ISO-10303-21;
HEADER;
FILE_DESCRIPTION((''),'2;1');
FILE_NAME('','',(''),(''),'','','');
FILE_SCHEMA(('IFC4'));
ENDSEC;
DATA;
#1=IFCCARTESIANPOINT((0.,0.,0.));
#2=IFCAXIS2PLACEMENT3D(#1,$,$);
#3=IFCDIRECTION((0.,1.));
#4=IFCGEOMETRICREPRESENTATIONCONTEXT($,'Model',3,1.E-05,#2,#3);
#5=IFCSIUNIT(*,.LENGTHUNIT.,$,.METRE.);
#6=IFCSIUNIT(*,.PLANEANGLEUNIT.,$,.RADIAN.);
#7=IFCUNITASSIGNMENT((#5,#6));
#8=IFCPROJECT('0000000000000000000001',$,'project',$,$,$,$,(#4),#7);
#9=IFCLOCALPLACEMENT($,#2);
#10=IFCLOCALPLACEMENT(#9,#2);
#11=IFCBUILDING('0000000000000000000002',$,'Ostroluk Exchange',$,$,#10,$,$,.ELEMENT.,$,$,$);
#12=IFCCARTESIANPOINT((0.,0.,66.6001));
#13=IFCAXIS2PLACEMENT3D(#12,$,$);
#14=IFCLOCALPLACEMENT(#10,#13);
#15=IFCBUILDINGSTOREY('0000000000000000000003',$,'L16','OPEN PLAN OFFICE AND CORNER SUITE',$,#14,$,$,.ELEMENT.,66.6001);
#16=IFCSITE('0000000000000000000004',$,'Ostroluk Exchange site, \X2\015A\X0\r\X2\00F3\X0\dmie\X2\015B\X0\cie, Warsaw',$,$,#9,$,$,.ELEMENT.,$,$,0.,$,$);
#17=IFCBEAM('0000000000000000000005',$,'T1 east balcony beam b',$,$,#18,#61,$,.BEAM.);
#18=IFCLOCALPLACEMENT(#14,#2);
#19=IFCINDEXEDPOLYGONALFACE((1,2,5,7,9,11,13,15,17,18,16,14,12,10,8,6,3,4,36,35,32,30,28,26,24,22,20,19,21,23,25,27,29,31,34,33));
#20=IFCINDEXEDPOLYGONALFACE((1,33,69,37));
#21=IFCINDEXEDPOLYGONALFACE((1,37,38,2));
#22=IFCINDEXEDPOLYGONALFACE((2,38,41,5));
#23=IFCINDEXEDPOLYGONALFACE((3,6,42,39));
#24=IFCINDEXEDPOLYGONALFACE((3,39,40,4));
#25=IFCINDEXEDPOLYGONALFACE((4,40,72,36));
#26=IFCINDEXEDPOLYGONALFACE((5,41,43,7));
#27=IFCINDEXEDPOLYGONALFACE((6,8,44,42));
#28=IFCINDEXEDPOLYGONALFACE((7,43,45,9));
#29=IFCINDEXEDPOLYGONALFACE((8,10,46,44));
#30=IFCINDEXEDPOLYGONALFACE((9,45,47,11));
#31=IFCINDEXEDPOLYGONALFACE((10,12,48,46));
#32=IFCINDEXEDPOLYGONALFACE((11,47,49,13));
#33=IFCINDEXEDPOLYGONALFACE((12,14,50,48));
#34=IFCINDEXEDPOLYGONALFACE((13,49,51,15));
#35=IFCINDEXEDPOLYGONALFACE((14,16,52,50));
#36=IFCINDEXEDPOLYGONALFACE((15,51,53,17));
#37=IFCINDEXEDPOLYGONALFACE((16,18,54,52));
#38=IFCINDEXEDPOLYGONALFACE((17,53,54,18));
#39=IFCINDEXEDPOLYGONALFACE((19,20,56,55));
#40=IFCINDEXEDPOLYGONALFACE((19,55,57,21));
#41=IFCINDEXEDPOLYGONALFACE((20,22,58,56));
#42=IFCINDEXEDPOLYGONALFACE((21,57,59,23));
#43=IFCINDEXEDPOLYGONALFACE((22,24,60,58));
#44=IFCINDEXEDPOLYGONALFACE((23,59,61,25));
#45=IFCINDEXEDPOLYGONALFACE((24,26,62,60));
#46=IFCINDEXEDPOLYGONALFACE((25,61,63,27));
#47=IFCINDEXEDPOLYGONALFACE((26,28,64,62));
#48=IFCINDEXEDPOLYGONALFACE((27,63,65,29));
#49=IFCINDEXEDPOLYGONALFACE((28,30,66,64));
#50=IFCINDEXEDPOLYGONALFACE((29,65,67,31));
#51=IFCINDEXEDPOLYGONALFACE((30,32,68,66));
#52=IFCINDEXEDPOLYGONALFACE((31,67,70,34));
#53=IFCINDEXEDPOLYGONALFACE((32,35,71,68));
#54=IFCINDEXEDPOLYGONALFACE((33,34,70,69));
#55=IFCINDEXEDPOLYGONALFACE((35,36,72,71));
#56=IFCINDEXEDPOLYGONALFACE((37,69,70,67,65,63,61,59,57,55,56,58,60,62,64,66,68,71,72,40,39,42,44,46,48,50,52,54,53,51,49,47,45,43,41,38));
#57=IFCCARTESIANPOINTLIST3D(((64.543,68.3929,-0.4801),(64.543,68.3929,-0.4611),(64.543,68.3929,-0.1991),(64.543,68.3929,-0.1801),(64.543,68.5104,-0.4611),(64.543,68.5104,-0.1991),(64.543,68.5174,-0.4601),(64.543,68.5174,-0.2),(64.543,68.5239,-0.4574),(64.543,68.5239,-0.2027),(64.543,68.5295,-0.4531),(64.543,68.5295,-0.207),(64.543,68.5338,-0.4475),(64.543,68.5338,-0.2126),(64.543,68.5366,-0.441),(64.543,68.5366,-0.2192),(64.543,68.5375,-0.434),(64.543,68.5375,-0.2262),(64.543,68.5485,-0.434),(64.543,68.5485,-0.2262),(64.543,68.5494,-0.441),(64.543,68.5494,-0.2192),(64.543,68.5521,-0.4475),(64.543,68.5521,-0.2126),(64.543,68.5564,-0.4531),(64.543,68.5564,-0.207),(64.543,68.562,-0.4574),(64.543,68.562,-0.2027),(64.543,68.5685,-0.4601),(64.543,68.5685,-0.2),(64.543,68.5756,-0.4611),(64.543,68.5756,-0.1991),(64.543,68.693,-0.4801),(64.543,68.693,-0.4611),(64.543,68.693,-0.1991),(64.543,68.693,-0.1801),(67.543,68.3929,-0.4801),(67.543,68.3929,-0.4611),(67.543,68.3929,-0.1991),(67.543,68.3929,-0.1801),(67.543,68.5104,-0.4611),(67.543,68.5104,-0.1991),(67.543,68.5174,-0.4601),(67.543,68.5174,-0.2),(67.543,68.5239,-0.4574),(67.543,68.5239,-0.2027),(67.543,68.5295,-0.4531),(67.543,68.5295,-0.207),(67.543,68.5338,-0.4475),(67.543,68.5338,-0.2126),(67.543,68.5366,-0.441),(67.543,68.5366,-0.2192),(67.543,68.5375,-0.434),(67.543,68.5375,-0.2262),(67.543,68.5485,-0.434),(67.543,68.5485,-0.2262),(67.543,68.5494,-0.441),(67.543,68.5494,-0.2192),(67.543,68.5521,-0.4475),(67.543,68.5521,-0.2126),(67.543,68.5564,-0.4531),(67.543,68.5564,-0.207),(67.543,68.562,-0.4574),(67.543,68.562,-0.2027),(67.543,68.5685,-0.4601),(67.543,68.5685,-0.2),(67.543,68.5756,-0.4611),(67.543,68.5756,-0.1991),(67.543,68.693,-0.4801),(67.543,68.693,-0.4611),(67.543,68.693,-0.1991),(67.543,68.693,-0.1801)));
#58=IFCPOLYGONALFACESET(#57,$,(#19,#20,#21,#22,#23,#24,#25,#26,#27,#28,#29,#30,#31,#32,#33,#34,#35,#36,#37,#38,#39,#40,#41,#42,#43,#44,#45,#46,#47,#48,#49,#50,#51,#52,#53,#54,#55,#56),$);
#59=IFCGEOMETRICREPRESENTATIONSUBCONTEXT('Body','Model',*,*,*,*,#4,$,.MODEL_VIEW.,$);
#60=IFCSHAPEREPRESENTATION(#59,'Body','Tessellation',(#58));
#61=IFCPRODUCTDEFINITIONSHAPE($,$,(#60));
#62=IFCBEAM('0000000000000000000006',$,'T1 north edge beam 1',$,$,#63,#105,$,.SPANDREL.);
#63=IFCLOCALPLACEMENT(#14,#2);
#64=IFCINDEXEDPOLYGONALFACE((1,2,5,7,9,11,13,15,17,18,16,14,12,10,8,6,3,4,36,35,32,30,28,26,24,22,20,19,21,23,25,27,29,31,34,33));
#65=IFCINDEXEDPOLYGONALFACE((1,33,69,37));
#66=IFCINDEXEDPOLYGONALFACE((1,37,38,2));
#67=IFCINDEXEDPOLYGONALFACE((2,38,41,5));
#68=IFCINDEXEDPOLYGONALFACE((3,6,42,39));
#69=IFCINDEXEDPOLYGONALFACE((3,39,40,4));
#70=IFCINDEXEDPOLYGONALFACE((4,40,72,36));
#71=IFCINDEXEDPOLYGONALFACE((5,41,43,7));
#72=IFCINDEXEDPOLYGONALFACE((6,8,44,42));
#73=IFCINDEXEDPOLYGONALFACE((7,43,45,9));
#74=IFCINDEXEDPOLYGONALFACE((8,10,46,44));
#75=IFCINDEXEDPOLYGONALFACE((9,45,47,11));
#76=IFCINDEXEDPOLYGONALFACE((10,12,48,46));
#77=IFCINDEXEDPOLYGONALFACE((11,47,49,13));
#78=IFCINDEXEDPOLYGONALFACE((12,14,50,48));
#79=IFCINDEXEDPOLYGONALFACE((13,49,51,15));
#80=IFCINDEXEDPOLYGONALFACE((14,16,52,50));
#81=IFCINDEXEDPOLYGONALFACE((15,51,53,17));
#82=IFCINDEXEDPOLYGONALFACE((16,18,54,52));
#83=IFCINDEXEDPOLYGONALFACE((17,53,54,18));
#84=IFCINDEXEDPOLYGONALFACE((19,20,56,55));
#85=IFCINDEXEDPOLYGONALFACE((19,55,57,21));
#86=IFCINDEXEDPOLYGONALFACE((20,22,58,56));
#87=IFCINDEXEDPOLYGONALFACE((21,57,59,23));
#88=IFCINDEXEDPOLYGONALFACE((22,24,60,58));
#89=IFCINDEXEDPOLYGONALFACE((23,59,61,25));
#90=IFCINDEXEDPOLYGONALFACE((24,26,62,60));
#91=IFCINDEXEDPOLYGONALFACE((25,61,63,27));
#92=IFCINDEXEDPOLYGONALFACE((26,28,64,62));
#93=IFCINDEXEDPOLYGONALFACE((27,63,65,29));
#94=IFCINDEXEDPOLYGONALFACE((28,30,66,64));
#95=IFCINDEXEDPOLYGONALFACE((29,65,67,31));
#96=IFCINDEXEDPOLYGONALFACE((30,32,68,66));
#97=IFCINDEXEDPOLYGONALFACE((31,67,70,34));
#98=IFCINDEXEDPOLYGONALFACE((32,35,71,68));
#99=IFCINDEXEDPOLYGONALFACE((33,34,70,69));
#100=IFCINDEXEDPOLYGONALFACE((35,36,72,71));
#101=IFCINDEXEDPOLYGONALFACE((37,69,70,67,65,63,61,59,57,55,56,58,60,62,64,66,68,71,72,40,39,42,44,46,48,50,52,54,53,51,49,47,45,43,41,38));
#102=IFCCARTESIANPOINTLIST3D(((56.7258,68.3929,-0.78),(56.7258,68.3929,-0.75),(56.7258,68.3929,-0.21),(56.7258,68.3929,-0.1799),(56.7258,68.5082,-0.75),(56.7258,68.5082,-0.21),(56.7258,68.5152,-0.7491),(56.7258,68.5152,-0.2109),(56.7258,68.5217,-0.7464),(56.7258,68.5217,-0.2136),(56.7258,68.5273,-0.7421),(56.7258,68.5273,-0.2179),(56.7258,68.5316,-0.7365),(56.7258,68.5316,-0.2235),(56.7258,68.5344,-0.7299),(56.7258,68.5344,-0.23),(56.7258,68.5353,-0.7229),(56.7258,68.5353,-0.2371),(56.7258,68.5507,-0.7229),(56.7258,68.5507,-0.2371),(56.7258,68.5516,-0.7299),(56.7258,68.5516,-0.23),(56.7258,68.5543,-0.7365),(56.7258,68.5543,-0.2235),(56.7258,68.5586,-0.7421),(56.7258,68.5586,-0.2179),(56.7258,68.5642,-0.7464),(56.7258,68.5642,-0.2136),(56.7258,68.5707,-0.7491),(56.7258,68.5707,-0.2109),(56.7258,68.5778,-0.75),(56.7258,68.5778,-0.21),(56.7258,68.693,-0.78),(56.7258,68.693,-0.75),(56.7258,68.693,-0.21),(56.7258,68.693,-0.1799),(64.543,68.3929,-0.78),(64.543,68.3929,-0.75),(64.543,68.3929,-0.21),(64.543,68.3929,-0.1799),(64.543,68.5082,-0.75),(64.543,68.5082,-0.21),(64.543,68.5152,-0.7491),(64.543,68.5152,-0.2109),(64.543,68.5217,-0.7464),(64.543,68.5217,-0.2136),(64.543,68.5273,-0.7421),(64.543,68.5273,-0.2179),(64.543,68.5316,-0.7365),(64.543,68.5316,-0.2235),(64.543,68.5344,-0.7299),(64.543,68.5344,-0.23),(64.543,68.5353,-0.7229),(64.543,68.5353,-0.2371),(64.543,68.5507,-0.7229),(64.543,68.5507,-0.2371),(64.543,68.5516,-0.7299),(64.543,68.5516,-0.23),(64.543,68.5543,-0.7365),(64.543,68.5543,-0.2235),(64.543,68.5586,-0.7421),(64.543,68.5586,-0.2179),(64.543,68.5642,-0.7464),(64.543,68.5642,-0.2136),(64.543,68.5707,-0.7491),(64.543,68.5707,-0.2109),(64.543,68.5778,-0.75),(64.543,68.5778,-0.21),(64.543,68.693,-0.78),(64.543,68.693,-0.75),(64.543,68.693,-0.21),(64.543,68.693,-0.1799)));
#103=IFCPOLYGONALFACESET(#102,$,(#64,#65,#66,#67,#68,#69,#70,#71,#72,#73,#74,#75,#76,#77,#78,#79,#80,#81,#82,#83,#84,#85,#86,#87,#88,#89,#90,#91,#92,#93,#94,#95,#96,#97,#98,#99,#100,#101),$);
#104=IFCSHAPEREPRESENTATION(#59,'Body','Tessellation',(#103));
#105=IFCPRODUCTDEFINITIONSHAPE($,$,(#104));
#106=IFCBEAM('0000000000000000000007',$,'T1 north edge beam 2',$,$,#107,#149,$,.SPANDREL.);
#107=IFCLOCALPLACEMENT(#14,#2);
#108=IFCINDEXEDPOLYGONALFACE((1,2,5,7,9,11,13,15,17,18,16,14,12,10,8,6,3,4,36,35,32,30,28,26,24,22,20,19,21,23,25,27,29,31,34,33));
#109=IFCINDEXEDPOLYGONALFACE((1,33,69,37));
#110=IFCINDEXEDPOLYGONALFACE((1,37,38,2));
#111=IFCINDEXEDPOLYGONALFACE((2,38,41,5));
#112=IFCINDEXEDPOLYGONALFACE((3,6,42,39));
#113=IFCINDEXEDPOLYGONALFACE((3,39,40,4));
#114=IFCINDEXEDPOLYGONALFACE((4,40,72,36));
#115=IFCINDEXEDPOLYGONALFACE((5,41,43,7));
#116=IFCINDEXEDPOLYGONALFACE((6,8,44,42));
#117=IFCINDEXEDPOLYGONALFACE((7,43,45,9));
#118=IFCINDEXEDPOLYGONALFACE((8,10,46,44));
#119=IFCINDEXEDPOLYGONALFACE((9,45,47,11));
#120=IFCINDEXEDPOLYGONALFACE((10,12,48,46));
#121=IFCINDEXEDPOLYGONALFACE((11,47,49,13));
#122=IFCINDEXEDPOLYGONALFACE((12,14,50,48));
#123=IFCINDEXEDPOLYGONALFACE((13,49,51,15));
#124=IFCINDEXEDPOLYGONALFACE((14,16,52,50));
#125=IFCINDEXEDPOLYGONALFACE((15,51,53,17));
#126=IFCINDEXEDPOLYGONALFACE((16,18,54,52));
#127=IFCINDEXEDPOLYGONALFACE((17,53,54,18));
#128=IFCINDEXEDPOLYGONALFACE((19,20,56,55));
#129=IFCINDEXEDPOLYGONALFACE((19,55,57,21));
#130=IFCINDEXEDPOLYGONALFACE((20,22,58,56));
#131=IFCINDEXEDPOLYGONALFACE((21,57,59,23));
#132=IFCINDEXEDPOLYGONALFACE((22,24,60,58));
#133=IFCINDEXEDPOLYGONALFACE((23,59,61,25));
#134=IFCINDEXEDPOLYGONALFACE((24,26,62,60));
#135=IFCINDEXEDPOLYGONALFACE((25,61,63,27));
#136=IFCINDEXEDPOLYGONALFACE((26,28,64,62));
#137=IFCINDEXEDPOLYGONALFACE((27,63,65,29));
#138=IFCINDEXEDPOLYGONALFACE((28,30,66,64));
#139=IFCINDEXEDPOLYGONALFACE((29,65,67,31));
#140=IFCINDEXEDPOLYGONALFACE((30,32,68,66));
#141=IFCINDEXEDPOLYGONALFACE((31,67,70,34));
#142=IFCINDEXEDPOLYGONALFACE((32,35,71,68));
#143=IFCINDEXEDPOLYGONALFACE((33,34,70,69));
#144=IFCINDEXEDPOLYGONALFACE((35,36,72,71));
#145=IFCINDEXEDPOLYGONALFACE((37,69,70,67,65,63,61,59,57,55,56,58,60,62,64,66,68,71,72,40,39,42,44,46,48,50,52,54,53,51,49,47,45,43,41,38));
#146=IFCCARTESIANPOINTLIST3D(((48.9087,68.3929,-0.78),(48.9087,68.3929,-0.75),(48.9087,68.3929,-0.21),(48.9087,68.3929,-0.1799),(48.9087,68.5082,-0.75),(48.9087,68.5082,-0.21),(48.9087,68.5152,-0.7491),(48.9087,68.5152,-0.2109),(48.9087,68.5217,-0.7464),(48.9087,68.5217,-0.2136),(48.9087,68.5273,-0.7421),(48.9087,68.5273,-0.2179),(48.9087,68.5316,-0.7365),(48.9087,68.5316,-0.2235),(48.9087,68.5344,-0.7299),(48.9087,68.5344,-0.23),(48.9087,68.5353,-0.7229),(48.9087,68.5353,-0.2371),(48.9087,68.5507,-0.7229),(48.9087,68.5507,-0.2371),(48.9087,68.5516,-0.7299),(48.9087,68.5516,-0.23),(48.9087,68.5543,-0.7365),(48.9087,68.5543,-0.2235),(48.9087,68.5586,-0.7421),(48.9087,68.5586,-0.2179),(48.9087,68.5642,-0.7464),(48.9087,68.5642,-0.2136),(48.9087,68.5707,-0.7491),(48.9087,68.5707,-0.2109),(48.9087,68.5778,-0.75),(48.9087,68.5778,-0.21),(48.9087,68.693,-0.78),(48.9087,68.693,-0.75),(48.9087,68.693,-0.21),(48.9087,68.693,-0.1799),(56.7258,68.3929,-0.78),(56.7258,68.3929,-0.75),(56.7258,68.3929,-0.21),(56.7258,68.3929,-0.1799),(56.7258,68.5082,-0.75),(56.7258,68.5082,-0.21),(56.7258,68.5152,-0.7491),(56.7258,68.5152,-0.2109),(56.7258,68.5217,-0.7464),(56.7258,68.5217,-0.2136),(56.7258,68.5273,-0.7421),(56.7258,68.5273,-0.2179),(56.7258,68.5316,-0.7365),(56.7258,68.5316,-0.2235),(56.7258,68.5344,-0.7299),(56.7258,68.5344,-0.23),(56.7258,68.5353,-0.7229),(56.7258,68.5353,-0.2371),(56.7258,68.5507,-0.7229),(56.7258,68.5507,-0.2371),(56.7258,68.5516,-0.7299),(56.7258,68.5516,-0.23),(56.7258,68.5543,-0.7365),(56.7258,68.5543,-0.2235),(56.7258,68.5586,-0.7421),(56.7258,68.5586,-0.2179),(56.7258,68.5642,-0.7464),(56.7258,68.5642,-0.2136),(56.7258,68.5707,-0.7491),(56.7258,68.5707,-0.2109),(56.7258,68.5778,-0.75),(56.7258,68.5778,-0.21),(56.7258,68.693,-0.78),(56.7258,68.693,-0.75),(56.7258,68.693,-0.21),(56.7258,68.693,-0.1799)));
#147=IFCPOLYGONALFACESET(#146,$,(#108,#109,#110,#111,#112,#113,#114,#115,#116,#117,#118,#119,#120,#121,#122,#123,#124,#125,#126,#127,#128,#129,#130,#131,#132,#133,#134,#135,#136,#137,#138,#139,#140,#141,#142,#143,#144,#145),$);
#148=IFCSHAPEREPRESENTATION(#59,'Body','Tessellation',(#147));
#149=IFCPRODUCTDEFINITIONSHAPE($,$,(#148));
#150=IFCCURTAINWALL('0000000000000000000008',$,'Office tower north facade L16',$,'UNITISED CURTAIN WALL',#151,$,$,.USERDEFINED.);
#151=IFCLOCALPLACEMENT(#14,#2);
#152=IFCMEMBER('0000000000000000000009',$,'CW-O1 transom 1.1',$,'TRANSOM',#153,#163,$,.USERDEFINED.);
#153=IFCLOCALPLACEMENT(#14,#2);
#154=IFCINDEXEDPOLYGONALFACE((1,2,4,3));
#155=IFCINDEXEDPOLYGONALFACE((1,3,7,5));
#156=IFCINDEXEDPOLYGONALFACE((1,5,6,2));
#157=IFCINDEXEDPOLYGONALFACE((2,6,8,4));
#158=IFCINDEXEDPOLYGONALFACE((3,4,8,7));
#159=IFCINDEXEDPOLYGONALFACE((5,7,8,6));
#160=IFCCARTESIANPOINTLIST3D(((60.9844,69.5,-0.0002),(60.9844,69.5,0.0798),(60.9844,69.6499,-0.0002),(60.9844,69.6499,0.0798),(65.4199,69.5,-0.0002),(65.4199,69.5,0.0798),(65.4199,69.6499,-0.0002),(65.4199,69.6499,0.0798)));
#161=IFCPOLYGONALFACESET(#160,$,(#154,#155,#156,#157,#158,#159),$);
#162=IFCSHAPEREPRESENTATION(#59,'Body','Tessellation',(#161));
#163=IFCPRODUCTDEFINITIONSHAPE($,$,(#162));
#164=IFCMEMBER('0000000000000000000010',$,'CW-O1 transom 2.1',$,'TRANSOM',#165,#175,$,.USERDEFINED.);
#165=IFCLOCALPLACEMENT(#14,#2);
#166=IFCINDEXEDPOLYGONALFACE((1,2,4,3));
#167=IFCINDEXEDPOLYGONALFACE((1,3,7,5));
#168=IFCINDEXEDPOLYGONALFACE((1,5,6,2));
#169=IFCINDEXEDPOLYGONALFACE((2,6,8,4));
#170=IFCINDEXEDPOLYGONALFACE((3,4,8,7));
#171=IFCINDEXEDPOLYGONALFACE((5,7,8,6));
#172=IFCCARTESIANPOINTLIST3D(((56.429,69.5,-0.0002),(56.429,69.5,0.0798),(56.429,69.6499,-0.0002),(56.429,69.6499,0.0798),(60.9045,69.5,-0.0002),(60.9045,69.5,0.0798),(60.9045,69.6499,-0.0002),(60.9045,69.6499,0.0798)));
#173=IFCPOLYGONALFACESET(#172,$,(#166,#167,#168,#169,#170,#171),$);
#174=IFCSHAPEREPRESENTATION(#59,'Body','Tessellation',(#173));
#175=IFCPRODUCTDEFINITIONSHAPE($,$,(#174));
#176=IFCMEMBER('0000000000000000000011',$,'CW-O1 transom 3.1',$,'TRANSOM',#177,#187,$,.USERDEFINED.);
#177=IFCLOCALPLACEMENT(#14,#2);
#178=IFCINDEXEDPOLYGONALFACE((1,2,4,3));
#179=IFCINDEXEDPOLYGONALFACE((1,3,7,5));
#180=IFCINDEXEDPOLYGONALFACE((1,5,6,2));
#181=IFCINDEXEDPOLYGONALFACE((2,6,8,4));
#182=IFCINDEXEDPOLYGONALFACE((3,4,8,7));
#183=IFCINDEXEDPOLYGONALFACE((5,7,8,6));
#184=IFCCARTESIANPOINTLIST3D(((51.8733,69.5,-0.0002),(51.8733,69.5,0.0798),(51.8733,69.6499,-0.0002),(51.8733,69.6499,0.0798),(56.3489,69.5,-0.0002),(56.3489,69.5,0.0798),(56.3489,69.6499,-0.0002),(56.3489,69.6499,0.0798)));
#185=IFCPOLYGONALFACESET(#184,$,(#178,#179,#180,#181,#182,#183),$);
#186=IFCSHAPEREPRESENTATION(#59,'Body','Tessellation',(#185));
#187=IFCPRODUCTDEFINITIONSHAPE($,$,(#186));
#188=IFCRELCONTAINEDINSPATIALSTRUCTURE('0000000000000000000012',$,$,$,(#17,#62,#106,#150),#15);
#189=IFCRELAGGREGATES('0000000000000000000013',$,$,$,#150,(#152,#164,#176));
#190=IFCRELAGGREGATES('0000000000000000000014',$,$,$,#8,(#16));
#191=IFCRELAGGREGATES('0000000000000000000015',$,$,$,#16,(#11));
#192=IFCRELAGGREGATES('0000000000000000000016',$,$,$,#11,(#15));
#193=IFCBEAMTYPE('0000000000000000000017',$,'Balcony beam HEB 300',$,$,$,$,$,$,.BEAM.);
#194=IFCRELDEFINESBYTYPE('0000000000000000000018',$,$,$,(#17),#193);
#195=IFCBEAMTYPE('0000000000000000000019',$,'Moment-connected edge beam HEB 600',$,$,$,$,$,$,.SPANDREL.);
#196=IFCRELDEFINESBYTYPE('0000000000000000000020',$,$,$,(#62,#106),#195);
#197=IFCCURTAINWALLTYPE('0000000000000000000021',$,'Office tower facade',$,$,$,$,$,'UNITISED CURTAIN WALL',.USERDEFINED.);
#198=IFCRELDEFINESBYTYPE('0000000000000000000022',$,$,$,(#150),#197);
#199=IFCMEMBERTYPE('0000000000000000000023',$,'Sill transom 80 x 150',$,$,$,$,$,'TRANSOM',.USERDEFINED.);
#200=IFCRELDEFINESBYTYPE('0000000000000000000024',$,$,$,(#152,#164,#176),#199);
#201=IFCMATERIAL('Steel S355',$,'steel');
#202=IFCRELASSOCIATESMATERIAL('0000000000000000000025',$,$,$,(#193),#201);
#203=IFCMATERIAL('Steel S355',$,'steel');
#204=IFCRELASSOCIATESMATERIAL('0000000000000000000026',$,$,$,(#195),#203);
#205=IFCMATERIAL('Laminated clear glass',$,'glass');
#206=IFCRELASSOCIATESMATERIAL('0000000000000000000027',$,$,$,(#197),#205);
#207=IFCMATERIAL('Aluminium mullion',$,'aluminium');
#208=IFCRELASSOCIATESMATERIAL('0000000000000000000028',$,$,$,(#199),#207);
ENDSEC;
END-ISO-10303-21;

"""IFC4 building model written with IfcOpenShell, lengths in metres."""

from ifc_helpers import new_model, si_unit, direction, frame, origin, origin_2d, place, context, subcontext, project, spatial, rectangle, i_section, extrude, material, material_profile, profile_set, type_object, element, aggregate, save


model = new_model("IFC4")

# Units and contexts
model_context = context("Model", 3, precision=1e-05, world=origin(), true_north=direction((0.0, 1.0)))
body_context = subcontext(model_context, "Body", "Model", "MODEL_VIEW")
ifc_project = project(units=[si_unit("LENGTHUNIT", "METRE"), si_unit("PLANEANGLEUNIT", "RADIAN")], contexts=[model_context])

# Site, building, storey
site_placement = place(None, origin())
site = spatial("IfcSite", under=ifc_project, at=site_placement, Name="Ostroluk Exchange site, Śródmieście, Warsaw", CompositionType="ELEMENT", RefElevation=0.0)
building_placement = place(site_placement, origin())
building = spatial("IfcBuilding", under=site, at=building_placement, Name="Ostroluk Exchange", CompositionType="ELEMENT")
storey_placement = place(building_placement, frame((0.0, 0.0, 66.6001)))
storey = spatial("IfcBuildingStorey", under=building, at=storey_placement, Name="L16", Description="OPEN PLAN OFFICE AND CORNER SUITE", CompositionType="ELEMENT", Elevation=66.6001)

# Beams
ifc_material_1 = material(Name="Steel S355", Category="steel")
ifc_material_profile_1 = material_profile(ifc_material_1, i_section(OverallWidth=0.3, OverallDepth=0.3, WebThickness=0.011, FlangeThickness=0.019, FilletRadius=0.0271, at=origin_2d()), Name="HEB 300")
ifc_profile_set_1 = profile_set([ifc_material_profile_1], Name="Steel S355")
beam_type_1 = type_object("IfcBeamType", Name="Balcony beam HEB 300", PredefinedType="BEAM", material=ifc_profile_set_1)
beam_placement = place(storey_placement, frame((64.543, 68.543, -0.3301), z_axis=(1.0, 0.0, 0.0), x_axis=(0.0, 1.0, 0.0)))
element("IfcBeam", 1, at=beam_placement, inside=storey, type_object=beam_type_1, Name="T1 east balcony beam b", PredefinedType="BEAM", context=body_context, shape_type="SweptSolid", body=[
    extrude(i_section(OverallWidth=0.3, OverallDepth=0.3, WebThickness=0.011, FlangeThickness=0.019, FilletRadius=0.0271, at=origin_2d()), origin(), (0.0, 0.0, 1.0), 3.0),
])
ifc_material_2 = material(Name="Steel S355", Category="steel")
ifc_material_profile_2 = material_profile(ifc_material_2, i_section(OverallWidth=0.3, OverallDepth=0.6001, WebThickness=0.0154, FlangeThickness=0.03, FilletRadius=0.0271, at=origin_2d()), Name="HEB 600")
ifc_profile_set_2 = profile_set([ifc_material_profile_2], Name="Steel S355")
beam_type_2 = type_object("IfcBeamType", Name="Moment-connected edge beam HEB 600", PredefinedType="SPANDREL", material=ifc_profile_set_2)
for number, where, z_axis, x_axis, name in (
    (2, (64.543, 68.543, -0.48), (-1.0, 0.0, 0.0), (0.0, -1.0, 0.0), "T1 north edge beam 1"),
    (3, (56.7258, 68.543, -0.48), (-1.0, 0.0, 0.0), (0.0, -1.0, 0.0), "T1 north edge beam 2"),
):
    element("IfcBeam", number, at=place(storey_placement, frame(where, z_axis=z_axis, x_axis=x_axis)), inside=storey, type_object=beam_type_2, Name=name, PredefinedType="SPANDREL", context=body_context, shape_type="SweptSolid", body=[
        extrude(i_section(OverallWidth=0.3, OverallDepth=0.6001, WebThickness=0.0154, FlangeThickness=0.03, FilletRadius=0.0271, at=origin_2d()), origin(), (0.0, 0.0, 1.0), 7.8171),
    ])

# Curtain wall, members
ifc_material_3 = material(Name="Laminated clear glass", Category="glass")
curtain_wall_type = type_object("IfcCurtainWallType", Name="Office tower facade", ElementType="UNITISED CURTAIN WALL", PredefinedType="USERDEFINED", material=ifc_material_3)
curtain_wall_placement = place(storey_placement, origin())
curtain_wall = element("IfcCurtainWall", 4, at=curtain_wall_placement, inside=storey, type_object=curtain_wall_type, Name="Office tower north facade L16", ObjectType="UNITISED CURTAIN WALL", PredefinedType="USERDEFINED")
ifc_material_4 = material(Name="Aluminium mullion", Category="aluminium")
ifc_material_profile_3 = material_profile(ifc_material_4, rectangle(XDim=0.1499, YDim=0.0801, at=origin_2d()), Name="Sill transom 80 x 150")
ifc_profile_set_3 = profile_set([ifc_material_profile_3], Name="Aluminium mullion")
member_type_1 = type_object("IfcMemberType", Name="Sill transom 80 x 150", ElementType="TRANSOM", PredefinedType="USERDEFINED", material=ifc_profile_set_3)
member_1_placement = place(storey_placement, frame((65.4199, 69.575, 0.0398), z_axis=(-1.0, 0.0, 0.0), x_axis=(0.0, -1.0, 0.0)))
member_1 = element("IfcMember", 5, at=member_1_placement, type_object=member_type_1, Name="CW-O1 transom 1.1", ObjectType="TRANSOM", PredefinedType="USERDEFINED", context=body_context, shape_type="SweptSolid", body=[
    extrude(rectangle(XDim=0.1499, YDim=0.0801, at=origin_2d()), origin(), (0.0, 0.0, 1.0), 4.4355),
])
member_2_placement = place(storey_placement, frame((60.9045, 69.575, 0.0398), z_axis=(-1.0, 0.0, 0.0), x_axis=(0.0, -1.0, 0.0)))
member_2 = element("IfcMember", 6, at=member_2_placement, type_object=member_type_1, Name="CW-O1 transom 2.1", ObjectType="TRANSOM", PredefinedType="USERDEFINED", context=body_context, shape_type="SweptSolid", body=[
    extrude(rectangle(XDim=0.1499, YDim=0.0801, at=origin_2d()), origin(), (0.0, 0.0, 1.0), 4.4756),
])
member_3_placement = place(storey_placement, frame((56.3489, 69.575, 0.0398), z_axis=(-1.0, 0.0, 0.0), x_axis=(0.0, -1.0, 0.0)))
member_3 = element("IfcMember", 7, at=member_3_placement, type_object=member_type_1, Name="CW-O1 transom 3.1", ObjectType="TRANSOM", PredefinedType="USERDEFINED", context=body_context, shape_type="SweptSolid", body=[
    extrude(rectangle(XDim=0.1499, YDim=0.0801, at=origin_2d()), origin(), (0.0, 0.0, 1.0), 4.4756),
])

aggregate(curtain_wall, [member_1, member_2, member_3])

save(model, "model.ifc")
